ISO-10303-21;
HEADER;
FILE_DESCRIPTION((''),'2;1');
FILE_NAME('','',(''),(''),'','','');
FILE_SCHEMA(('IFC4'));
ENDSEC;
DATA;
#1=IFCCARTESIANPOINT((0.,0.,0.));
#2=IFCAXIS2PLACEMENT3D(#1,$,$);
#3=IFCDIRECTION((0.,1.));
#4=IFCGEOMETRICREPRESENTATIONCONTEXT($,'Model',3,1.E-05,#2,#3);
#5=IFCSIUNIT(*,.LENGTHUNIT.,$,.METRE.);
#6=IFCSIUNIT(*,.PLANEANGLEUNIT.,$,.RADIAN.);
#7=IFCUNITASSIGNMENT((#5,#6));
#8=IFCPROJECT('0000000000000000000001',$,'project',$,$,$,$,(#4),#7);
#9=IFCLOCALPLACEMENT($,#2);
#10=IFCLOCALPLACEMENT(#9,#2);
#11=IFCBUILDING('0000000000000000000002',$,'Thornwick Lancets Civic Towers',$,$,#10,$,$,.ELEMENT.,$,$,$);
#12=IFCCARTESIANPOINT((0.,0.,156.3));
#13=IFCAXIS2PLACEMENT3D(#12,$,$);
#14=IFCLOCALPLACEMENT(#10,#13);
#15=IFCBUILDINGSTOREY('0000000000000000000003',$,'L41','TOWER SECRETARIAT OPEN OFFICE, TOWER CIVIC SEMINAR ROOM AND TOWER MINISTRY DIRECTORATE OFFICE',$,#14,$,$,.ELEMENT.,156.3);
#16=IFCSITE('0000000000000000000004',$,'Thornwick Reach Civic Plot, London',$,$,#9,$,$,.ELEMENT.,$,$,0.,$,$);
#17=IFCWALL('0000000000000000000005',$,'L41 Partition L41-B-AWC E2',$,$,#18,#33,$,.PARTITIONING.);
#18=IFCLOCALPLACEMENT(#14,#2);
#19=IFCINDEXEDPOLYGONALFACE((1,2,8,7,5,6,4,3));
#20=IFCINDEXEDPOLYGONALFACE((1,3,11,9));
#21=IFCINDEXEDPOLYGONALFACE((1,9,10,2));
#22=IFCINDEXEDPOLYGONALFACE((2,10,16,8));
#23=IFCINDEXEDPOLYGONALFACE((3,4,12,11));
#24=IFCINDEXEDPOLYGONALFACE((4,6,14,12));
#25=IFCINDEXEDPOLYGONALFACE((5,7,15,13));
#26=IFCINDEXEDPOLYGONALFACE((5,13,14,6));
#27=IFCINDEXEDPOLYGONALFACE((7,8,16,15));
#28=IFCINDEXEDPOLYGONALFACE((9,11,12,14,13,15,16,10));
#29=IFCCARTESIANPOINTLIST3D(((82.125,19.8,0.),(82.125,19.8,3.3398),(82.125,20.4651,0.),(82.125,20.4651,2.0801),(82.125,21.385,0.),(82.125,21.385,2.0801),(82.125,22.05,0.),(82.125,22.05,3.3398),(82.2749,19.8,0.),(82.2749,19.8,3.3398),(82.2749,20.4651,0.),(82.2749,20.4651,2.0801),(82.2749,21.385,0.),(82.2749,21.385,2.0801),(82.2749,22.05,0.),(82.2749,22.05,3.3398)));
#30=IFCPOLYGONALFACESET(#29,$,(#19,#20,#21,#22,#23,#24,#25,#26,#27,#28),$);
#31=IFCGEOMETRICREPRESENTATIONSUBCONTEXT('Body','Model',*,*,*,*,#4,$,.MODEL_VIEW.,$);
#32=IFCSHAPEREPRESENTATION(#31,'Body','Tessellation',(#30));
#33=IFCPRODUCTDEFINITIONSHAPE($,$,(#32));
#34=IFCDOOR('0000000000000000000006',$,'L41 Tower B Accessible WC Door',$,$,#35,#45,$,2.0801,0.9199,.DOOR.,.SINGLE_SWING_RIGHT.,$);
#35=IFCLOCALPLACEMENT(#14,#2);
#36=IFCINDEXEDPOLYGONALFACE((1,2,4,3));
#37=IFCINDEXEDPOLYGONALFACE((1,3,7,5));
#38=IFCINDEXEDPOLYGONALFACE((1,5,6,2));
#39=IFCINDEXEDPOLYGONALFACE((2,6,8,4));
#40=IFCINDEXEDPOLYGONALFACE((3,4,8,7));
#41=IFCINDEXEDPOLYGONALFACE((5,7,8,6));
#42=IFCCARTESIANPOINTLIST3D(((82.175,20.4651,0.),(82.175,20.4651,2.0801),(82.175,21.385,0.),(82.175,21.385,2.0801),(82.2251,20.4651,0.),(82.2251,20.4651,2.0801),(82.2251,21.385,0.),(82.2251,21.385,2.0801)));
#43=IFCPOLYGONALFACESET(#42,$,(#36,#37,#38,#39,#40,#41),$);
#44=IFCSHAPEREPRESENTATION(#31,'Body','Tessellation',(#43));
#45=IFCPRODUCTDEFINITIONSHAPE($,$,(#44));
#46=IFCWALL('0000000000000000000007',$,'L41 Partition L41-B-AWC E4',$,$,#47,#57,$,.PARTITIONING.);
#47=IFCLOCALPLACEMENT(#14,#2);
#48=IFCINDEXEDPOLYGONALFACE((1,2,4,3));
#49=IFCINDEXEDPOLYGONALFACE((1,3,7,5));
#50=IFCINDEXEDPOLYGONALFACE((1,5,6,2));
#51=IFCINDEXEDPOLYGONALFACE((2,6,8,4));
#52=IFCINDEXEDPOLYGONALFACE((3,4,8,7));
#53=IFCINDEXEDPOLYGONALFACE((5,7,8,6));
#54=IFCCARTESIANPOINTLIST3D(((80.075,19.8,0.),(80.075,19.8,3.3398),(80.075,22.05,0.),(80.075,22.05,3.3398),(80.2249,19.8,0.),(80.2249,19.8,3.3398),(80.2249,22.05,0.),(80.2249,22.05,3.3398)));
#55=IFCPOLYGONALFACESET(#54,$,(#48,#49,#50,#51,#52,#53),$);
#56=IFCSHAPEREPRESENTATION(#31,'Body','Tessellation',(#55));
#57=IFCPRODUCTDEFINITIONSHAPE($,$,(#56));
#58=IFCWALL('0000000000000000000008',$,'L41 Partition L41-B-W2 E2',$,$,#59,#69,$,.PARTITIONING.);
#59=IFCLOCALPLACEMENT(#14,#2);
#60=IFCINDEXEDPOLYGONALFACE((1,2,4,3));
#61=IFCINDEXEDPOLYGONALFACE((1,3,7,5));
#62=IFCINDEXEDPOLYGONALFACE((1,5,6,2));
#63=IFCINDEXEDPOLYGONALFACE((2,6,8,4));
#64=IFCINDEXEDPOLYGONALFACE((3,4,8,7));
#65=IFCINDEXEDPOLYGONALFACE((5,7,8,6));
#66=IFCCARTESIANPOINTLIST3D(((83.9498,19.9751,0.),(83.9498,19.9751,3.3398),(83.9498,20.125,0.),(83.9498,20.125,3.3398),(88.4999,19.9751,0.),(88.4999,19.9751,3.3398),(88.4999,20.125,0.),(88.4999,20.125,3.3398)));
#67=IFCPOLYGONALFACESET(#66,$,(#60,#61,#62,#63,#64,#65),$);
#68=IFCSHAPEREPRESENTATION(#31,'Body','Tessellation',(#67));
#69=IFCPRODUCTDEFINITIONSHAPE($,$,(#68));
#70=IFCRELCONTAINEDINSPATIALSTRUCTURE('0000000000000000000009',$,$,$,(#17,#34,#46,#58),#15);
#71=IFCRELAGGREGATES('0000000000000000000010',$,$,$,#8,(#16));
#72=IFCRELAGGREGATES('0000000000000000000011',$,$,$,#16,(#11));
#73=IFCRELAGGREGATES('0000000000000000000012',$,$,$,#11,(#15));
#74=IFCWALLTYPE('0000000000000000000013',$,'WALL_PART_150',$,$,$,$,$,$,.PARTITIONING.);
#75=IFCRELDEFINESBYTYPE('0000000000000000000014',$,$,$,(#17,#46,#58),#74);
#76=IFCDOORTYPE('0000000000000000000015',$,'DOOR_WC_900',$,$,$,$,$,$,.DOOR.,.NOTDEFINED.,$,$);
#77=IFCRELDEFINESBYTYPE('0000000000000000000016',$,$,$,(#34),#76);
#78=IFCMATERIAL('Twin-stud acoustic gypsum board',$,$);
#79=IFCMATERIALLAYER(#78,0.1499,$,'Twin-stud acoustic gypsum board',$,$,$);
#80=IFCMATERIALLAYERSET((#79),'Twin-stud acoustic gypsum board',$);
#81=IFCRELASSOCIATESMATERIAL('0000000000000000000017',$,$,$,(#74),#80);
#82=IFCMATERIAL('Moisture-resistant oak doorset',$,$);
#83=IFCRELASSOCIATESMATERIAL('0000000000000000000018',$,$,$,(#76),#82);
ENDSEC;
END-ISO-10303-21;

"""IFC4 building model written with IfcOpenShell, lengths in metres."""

from ifc_helpers import new_model, si_unit, direction, frame, frame_2d, origin, place, context, subcontext, project, spatial, rectangle, extrude, material, layer, layer_set, type_object, element, fill, save


model = new_model("IFC4")

# Units and contexts
model_context = context("Model", 3, precision=1e-05, world=origin(), true_north=direction((0.0, 1.0)))
body_context = subcontext(model_context, "Body", "Model", "MODEL_VIEW")
ifc_project = project(units=[si_unit("LENGTHUNIT", "METRE"), si_unit("PLANEANGLEUNIT", "RADIAN")], contexts=[model_context])

# Site, building, storey
site_placement = place(None, origin())
site = spatial("IfcSite", under=ifc_project, at=site_placement, Name="Thornwick Reach Civic Plot, London", CompositionType="ELEMENT", RefElevation=0.0)
building_placement = place(site_placement, origin())
building = spatial("IfcBuilding", under=site, at=building_placement, Name="Thornwick Lancets Civic Towers", CompositionType="ELEMENT")
storey_placement = place(building_placement, frame((0.0, 0.0, 156.3)))
storey = spatial("IfcBuildingStorey", under=building, at=storey_placement, Name="L41", Description="TOWER SECRETARIAT OPEN OFFICE, TOWER CIVIC SEMINAR ROOM AND TOWER MINISTRY DIRECTORATE OFFICE", CompositionType="ELEMENT", Elevation=156.3)

# Wall, opening, door
ifc_material_1 = material(Name="Twin-stud acoustic gypsum board")
ifc_layer_1 = layer(ifc_material_1, 0.1499, Name="Twin-stud acoustic gypsum board")
ifc_layer_set_1 = layer_set([ifc_layer_1], Name="Twin-stud acoustic gypsum board")
wall_type_1 = type_object("IfcWallType", Name="WALL_PART_150", PredefinedType="PARTITIONING", material=ifc_layer_set_1)
wall_1_placement = place(storey_placement, frame((82.2, 19.8, 0.0), z_axis=(0.0, 0.0, 1.0), x_axis=(0.0, 1.0, 0.0)))
wall_1 = element("IfcWall", 1, at=wall_1_placement, inside=storey, type_object=wall_type_1, Name="L41 Partition L41-B-AWC E2", PredefinedType="PARTITIONING", context=body_context, shape_type="SweptSolid", body=[
    extrude(rectangle(XDim=2.25, YDim=0.1499, at=frame_2d((1.125, 0.0))), origin(), (0.0, 0.0, 1.0), 3.3398),
])
opening_1_placement = place(wall_1_placement, frame((0.665, 0.0, 0.0)))
opening_1 = element("IfcOpeningElement", 2, at=opening_1_placement, cuts=wall_1, PredefinedType="OPENING", context=body_context, shape_type="SweptSolid", body=[
    extrude(rectangle(XDim=0.9199, YDim=2.0801, at=frame_2d((0.46, 1.04))), frame((0.0, 0.085, 0.0), z_axis=(0.0, -1.0, 0.0), x_axis=(1.0, 0.0, 0.0)), (0.0, 0.0, 1.0), 0.1699),
])
ifc_material_2 = material(Name="Moisture-resistant oak doorset")
door_type_1 = type_object("IfcDoorType", Name="DOOR_WC_900", OperationType="NOTDEFINED", PredefinedType="DOOR", material=ifc_material_2)
door_1_placement = place(opening_1_placement, origin())
door_1 = element("IfcDoor", 3, at=door_1_placement, inside=storey, type_object=door_type_1, Name="L41 Tower B Accessible WC Door", OperationType="SINGLE_SWING_RIGHT", OverallHeight=2.0801, OverallWidth=0.9199, PredefinedType="DOOR", context=body_context, shape_type="SweptSolid", body=[
    extrude(rectangle(XDim=0.9199, YDim=2.0801, at=frame_2d((0.46, 1.04))), frame((0.0, 0.0249, 0.0), z_axis=(0.0, -1.0, 0.0), x_axis=(1.0, 0.0, 0.0)), (0.0, 0.0, 1.0), 0.05),
])
fill(opening_1, door_1)

# Walls
wall_2_placement = place(storey_placement, frame((80.1499, 22.05, 0.0), z_axis=(0.0, 0.0, 1.0), x_axis=(0.0, -1.0, 0.0)))
element("IfcWall", 4, at=wall_2_placement, inside=storey, type_object=wall_type_1, Name="L41 Partition L41-B-AWC E4", PredefinedType="PARTITIONING", context=body_context, shape_type="SweptSolid", body=[
    extrude(rectangle(XDim=2.25, YDim=0.1499, at=frame_2d((1.125, 0.0))), origin(), (0.0, 0.0, 1.0), 3.3398),
])
wall_3_placement = place(storey_placement, frame((83.95, 20.05, 0.0), z_axis=(0.0, 0.0, 1.0), x_axis=(1.0, 0.0, 0.0)))
element("IfcWall", 5, at=wall_3_placement, inside=storey, type_object=wall_type_1, Name="L41 Partition L41-B-W2 E2", PredefinedType="PARTITIONING", context=body_context, shape_type="SweptSolid", body=[
    extrude(rectangle(XDim=4.55, YDim=0.1499, at=frame_2d((2.2749, 0.0))), origin(), (0.0, 0.0, 1.0), 3.3398),
])

save(model, "model.ifc")
